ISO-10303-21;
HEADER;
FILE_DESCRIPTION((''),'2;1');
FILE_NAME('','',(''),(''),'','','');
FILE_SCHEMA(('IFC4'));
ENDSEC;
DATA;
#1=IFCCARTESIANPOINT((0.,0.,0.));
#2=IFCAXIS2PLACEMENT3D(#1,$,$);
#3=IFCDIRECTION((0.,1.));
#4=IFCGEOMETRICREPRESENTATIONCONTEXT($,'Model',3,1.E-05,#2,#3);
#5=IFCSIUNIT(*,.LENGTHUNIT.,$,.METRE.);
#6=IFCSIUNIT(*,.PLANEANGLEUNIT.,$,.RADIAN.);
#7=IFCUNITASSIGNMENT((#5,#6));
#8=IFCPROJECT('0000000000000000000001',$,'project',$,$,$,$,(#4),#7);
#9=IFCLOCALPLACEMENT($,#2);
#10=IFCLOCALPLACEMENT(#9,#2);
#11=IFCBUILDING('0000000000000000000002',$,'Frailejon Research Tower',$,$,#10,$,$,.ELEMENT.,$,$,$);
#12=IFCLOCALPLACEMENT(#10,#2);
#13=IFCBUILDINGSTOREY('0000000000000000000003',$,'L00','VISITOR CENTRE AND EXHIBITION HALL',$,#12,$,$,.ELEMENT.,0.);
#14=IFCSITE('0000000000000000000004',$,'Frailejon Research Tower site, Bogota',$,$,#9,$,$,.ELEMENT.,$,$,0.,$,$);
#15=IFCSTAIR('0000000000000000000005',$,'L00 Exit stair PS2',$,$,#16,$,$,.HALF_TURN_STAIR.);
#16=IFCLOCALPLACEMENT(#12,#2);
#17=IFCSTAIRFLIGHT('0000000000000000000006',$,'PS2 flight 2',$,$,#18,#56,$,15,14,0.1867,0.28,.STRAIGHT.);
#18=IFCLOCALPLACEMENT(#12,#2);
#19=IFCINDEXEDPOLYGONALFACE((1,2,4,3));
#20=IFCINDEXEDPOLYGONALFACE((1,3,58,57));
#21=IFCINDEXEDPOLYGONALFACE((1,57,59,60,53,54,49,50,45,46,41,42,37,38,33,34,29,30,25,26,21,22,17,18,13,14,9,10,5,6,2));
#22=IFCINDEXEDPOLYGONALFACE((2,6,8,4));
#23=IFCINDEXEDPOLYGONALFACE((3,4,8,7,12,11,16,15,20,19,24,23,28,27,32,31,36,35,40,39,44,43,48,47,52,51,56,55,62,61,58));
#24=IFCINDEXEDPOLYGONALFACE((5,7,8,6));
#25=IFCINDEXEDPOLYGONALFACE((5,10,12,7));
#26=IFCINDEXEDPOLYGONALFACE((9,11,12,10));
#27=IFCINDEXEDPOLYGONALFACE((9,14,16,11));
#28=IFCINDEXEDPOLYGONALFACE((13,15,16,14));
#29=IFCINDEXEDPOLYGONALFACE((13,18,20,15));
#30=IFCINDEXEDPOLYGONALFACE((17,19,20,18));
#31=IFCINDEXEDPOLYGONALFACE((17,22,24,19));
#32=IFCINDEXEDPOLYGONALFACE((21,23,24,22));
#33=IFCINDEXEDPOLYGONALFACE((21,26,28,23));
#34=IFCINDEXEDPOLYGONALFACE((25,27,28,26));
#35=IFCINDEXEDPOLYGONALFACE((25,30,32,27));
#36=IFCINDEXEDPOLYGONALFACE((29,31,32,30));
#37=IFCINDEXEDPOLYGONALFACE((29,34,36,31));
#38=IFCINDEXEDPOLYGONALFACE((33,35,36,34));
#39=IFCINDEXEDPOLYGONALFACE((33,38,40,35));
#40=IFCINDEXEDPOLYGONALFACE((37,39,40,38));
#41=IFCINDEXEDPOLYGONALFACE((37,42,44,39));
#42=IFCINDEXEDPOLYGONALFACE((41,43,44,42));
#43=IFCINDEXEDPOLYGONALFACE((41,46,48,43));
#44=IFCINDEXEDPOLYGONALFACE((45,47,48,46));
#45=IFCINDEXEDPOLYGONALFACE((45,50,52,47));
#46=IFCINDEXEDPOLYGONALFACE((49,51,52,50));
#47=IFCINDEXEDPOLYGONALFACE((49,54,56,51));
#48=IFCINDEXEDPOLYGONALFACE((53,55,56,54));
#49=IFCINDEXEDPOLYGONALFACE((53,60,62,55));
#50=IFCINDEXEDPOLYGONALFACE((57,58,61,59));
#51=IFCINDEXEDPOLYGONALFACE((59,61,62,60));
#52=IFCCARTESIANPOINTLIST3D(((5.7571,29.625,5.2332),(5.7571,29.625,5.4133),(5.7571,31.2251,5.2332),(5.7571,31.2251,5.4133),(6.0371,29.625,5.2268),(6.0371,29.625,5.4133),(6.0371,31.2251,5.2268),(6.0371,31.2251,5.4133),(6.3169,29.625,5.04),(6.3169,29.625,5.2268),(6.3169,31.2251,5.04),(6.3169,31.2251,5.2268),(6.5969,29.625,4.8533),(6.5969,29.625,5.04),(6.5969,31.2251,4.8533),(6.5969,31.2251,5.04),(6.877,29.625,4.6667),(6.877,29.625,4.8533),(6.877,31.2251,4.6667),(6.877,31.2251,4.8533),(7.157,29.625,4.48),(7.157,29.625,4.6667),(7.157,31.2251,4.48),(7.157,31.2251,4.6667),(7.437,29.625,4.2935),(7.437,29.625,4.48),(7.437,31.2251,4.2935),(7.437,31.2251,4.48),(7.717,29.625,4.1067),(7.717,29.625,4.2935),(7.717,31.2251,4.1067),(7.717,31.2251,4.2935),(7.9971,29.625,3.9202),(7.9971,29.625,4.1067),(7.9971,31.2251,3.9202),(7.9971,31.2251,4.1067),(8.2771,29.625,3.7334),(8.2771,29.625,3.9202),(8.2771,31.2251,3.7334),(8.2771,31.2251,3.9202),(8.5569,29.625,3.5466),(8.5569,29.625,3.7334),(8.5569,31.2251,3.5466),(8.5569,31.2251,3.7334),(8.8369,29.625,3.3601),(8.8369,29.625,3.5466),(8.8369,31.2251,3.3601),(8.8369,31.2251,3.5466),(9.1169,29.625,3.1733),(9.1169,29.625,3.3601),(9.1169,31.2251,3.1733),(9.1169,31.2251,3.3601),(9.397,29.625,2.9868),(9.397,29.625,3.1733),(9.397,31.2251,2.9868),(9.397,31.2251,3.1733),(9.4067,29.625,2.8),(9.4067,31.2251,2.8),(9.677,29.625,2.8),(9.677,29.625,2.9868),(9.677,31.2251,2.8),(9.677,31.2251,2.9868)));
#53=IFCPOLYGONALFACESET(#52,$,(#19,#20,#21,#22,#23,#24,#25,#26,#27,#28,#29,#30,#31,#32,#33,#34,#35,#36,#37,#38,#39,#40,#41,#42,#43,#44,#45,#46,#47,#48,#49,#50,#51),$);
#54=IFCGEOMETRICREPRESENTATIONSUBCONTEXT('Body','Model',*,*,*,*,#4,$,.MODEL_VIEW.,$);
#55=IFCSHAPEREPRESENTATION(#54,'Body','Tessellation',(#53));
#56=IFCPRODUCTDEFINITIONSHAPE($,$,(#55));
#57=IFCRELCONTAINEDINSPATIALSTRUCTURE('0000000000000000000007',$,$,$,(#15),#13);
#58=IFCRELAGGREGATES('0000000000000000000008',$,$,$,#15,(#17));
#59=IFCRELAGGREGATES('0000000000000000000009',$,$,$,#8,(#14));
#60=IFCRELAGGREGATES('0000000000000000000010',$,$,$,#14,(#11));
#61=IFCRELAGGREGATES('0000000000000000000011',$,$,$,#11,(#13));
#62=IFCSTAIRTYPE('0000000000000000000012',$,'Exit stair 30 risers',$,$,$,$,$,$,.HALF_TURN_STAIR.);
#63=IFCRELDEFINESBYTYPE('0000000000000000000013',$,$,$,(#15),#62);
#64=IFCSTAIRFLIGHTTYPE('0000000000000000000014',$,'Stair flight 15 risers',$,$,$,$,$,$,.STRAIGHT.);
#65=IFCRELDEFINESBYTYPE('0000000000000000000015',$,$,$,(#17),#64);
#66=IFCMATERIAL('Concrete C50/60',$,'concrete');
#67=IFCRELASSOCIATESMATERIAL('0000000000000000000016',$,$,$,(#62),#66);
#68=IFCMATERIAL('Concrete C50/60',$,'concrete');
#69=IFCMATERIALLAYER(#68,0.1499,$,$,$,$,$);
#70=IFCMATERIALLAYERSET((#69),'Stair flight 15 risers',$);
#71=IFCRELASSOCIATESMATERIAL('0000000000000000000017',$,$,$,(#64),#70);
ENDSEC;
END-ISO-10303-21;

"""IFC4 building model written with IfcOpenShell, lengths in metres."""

from ifc_helpers import new_model, si_unit, direction, frame, origin, place, context, subcontext, project, spatial, polyline, outline, extrude, material, layer, layer_set, type_object, element, aggregate, save


model = new_model("IFC4")

# Units and contexts
model_context = context("Model", 3, precision=1e-05, world=origin(), true_north=direction((0.0, 1.0)))
body_context = subcontext(model_context, "Body", "Model", "MODEL_VIEW")
ifc_project = project(units=[si_unit("LENGTHUNIT", "METRE"), si_unit("PLANEANGLEUNIT", "RADIAN")], contexts=[model_context])

# Site, building, storey
site_placement = place(None, origin())
site = spatial("IfcSite", under=ifc_project, at=site_placement, Name="Frailejon Research Tower site, Bogota", CompositionType="ELEMENT", RefElevation=0.0)
building_placement = place(site_placement, origin())
building = spatial("IfcBuilding", under=site, at=building_placement, Name="Frailejon Research Tower", CompositionType="ELEMENT")
storey_placement = place(building_placement, origin())
storey = spatial("IfcBuildingStorey", under=building, at=storey_placement, Name="L00", Description="VISITOR CENTRE AND EXHIBITION HALL", CompositionType="ELEMENT", Elevation=0.0)

# Stair, stair flight
ifc_material_1 = material(Name="Concrete C50/60", Category="concrete")
stair_type = type_object("IfcStairType", Name="Exit stair 30 risers", PredefinedType="HALF_TURN_STAIR", material=ifc_material_1)
stair_placement = place(storey_placement, origin())
stair = element("IfcStair", 1, at=stair_placement, inside=storey, type_object=stair_type, Name="L00 Exit stair PS2", PredefinedType="HALF_TURN_STAIR")
ifc_material_2 = material(Name="Concrete C50/60", Category="concrete")
ifc_layer_1 = layer(ifc_material_2, 0.1499)
ifc_layer_set_1 = layer_set([ifc_layer_1], Name="Stair flight 15 risers")
stair_flight_type = type_object("IfcStairFlightType", Name="Stair flight 15 risers", PredefinedType="STRAIGHT", material=ifc_layer_set_1)
stair_flight_placement = place(storey_placement, frame((9.677, 30.425, 2.8), z_axis=(0.0, 0.0, 1.0), x_axis=(-1.0, 0.0, 0.0)))
stair_flight = element("IfcStairFlight", 2, at=stair_flight_placement, type_object=stair_flight_type, Name="PS2 flight 2", NumberOfRisers=15, NumberOfTreads=14, PredefinedType="STRAIGHT", RiserHeight=0.1867, TreadLength=0.28, context=body_context, shape_type="SweptSolid", body=[
    extrude(outline(polyline([(0.0, 0.0), (0.0, 0.1868), (0.28, 0.1868), (0.28, 0.3733), (0.5601, 0.3733), (0.5601, 0.5601), (0.8401, 0.5601), (0.8401, 0.7466), (1.1201, 0.7466), (1.1201, 0.9333), (1.3999, 0.9333), (1.3999, 1.1201), (1.6799, 1.1201), (1.6799, 1.3066), (1.96, 1.3066), (1.96, 1.4934), (2.24, 1.4934), (2.24, 1.6799), (2.52, 1.6799), (2.52, 1.8667), (2.8, 1.8667), (2.8, 2.0532), (3.0801, 2.0532), (3.0801, 2.24), (3.3601, 2.24), (3.3601, 2.4268), (3.6399, 2.4268), (3.6399, 2.6133), (3.9199, 2.6133), (3.9199, 2.8), (3.9199, 2.4331), (0.2703, 0.0), (0.0, 0.0)])), frame((0.0, 0.8, 0.0), z_axis=(0.0, -1.0, 0.0), x_axis=(1.0, 0.0, 0.0)), (0.0, 0.0, 1.0), 1.6001),
])
aggregate(stair, [stair_flight])

save(model, "model.ifc")
